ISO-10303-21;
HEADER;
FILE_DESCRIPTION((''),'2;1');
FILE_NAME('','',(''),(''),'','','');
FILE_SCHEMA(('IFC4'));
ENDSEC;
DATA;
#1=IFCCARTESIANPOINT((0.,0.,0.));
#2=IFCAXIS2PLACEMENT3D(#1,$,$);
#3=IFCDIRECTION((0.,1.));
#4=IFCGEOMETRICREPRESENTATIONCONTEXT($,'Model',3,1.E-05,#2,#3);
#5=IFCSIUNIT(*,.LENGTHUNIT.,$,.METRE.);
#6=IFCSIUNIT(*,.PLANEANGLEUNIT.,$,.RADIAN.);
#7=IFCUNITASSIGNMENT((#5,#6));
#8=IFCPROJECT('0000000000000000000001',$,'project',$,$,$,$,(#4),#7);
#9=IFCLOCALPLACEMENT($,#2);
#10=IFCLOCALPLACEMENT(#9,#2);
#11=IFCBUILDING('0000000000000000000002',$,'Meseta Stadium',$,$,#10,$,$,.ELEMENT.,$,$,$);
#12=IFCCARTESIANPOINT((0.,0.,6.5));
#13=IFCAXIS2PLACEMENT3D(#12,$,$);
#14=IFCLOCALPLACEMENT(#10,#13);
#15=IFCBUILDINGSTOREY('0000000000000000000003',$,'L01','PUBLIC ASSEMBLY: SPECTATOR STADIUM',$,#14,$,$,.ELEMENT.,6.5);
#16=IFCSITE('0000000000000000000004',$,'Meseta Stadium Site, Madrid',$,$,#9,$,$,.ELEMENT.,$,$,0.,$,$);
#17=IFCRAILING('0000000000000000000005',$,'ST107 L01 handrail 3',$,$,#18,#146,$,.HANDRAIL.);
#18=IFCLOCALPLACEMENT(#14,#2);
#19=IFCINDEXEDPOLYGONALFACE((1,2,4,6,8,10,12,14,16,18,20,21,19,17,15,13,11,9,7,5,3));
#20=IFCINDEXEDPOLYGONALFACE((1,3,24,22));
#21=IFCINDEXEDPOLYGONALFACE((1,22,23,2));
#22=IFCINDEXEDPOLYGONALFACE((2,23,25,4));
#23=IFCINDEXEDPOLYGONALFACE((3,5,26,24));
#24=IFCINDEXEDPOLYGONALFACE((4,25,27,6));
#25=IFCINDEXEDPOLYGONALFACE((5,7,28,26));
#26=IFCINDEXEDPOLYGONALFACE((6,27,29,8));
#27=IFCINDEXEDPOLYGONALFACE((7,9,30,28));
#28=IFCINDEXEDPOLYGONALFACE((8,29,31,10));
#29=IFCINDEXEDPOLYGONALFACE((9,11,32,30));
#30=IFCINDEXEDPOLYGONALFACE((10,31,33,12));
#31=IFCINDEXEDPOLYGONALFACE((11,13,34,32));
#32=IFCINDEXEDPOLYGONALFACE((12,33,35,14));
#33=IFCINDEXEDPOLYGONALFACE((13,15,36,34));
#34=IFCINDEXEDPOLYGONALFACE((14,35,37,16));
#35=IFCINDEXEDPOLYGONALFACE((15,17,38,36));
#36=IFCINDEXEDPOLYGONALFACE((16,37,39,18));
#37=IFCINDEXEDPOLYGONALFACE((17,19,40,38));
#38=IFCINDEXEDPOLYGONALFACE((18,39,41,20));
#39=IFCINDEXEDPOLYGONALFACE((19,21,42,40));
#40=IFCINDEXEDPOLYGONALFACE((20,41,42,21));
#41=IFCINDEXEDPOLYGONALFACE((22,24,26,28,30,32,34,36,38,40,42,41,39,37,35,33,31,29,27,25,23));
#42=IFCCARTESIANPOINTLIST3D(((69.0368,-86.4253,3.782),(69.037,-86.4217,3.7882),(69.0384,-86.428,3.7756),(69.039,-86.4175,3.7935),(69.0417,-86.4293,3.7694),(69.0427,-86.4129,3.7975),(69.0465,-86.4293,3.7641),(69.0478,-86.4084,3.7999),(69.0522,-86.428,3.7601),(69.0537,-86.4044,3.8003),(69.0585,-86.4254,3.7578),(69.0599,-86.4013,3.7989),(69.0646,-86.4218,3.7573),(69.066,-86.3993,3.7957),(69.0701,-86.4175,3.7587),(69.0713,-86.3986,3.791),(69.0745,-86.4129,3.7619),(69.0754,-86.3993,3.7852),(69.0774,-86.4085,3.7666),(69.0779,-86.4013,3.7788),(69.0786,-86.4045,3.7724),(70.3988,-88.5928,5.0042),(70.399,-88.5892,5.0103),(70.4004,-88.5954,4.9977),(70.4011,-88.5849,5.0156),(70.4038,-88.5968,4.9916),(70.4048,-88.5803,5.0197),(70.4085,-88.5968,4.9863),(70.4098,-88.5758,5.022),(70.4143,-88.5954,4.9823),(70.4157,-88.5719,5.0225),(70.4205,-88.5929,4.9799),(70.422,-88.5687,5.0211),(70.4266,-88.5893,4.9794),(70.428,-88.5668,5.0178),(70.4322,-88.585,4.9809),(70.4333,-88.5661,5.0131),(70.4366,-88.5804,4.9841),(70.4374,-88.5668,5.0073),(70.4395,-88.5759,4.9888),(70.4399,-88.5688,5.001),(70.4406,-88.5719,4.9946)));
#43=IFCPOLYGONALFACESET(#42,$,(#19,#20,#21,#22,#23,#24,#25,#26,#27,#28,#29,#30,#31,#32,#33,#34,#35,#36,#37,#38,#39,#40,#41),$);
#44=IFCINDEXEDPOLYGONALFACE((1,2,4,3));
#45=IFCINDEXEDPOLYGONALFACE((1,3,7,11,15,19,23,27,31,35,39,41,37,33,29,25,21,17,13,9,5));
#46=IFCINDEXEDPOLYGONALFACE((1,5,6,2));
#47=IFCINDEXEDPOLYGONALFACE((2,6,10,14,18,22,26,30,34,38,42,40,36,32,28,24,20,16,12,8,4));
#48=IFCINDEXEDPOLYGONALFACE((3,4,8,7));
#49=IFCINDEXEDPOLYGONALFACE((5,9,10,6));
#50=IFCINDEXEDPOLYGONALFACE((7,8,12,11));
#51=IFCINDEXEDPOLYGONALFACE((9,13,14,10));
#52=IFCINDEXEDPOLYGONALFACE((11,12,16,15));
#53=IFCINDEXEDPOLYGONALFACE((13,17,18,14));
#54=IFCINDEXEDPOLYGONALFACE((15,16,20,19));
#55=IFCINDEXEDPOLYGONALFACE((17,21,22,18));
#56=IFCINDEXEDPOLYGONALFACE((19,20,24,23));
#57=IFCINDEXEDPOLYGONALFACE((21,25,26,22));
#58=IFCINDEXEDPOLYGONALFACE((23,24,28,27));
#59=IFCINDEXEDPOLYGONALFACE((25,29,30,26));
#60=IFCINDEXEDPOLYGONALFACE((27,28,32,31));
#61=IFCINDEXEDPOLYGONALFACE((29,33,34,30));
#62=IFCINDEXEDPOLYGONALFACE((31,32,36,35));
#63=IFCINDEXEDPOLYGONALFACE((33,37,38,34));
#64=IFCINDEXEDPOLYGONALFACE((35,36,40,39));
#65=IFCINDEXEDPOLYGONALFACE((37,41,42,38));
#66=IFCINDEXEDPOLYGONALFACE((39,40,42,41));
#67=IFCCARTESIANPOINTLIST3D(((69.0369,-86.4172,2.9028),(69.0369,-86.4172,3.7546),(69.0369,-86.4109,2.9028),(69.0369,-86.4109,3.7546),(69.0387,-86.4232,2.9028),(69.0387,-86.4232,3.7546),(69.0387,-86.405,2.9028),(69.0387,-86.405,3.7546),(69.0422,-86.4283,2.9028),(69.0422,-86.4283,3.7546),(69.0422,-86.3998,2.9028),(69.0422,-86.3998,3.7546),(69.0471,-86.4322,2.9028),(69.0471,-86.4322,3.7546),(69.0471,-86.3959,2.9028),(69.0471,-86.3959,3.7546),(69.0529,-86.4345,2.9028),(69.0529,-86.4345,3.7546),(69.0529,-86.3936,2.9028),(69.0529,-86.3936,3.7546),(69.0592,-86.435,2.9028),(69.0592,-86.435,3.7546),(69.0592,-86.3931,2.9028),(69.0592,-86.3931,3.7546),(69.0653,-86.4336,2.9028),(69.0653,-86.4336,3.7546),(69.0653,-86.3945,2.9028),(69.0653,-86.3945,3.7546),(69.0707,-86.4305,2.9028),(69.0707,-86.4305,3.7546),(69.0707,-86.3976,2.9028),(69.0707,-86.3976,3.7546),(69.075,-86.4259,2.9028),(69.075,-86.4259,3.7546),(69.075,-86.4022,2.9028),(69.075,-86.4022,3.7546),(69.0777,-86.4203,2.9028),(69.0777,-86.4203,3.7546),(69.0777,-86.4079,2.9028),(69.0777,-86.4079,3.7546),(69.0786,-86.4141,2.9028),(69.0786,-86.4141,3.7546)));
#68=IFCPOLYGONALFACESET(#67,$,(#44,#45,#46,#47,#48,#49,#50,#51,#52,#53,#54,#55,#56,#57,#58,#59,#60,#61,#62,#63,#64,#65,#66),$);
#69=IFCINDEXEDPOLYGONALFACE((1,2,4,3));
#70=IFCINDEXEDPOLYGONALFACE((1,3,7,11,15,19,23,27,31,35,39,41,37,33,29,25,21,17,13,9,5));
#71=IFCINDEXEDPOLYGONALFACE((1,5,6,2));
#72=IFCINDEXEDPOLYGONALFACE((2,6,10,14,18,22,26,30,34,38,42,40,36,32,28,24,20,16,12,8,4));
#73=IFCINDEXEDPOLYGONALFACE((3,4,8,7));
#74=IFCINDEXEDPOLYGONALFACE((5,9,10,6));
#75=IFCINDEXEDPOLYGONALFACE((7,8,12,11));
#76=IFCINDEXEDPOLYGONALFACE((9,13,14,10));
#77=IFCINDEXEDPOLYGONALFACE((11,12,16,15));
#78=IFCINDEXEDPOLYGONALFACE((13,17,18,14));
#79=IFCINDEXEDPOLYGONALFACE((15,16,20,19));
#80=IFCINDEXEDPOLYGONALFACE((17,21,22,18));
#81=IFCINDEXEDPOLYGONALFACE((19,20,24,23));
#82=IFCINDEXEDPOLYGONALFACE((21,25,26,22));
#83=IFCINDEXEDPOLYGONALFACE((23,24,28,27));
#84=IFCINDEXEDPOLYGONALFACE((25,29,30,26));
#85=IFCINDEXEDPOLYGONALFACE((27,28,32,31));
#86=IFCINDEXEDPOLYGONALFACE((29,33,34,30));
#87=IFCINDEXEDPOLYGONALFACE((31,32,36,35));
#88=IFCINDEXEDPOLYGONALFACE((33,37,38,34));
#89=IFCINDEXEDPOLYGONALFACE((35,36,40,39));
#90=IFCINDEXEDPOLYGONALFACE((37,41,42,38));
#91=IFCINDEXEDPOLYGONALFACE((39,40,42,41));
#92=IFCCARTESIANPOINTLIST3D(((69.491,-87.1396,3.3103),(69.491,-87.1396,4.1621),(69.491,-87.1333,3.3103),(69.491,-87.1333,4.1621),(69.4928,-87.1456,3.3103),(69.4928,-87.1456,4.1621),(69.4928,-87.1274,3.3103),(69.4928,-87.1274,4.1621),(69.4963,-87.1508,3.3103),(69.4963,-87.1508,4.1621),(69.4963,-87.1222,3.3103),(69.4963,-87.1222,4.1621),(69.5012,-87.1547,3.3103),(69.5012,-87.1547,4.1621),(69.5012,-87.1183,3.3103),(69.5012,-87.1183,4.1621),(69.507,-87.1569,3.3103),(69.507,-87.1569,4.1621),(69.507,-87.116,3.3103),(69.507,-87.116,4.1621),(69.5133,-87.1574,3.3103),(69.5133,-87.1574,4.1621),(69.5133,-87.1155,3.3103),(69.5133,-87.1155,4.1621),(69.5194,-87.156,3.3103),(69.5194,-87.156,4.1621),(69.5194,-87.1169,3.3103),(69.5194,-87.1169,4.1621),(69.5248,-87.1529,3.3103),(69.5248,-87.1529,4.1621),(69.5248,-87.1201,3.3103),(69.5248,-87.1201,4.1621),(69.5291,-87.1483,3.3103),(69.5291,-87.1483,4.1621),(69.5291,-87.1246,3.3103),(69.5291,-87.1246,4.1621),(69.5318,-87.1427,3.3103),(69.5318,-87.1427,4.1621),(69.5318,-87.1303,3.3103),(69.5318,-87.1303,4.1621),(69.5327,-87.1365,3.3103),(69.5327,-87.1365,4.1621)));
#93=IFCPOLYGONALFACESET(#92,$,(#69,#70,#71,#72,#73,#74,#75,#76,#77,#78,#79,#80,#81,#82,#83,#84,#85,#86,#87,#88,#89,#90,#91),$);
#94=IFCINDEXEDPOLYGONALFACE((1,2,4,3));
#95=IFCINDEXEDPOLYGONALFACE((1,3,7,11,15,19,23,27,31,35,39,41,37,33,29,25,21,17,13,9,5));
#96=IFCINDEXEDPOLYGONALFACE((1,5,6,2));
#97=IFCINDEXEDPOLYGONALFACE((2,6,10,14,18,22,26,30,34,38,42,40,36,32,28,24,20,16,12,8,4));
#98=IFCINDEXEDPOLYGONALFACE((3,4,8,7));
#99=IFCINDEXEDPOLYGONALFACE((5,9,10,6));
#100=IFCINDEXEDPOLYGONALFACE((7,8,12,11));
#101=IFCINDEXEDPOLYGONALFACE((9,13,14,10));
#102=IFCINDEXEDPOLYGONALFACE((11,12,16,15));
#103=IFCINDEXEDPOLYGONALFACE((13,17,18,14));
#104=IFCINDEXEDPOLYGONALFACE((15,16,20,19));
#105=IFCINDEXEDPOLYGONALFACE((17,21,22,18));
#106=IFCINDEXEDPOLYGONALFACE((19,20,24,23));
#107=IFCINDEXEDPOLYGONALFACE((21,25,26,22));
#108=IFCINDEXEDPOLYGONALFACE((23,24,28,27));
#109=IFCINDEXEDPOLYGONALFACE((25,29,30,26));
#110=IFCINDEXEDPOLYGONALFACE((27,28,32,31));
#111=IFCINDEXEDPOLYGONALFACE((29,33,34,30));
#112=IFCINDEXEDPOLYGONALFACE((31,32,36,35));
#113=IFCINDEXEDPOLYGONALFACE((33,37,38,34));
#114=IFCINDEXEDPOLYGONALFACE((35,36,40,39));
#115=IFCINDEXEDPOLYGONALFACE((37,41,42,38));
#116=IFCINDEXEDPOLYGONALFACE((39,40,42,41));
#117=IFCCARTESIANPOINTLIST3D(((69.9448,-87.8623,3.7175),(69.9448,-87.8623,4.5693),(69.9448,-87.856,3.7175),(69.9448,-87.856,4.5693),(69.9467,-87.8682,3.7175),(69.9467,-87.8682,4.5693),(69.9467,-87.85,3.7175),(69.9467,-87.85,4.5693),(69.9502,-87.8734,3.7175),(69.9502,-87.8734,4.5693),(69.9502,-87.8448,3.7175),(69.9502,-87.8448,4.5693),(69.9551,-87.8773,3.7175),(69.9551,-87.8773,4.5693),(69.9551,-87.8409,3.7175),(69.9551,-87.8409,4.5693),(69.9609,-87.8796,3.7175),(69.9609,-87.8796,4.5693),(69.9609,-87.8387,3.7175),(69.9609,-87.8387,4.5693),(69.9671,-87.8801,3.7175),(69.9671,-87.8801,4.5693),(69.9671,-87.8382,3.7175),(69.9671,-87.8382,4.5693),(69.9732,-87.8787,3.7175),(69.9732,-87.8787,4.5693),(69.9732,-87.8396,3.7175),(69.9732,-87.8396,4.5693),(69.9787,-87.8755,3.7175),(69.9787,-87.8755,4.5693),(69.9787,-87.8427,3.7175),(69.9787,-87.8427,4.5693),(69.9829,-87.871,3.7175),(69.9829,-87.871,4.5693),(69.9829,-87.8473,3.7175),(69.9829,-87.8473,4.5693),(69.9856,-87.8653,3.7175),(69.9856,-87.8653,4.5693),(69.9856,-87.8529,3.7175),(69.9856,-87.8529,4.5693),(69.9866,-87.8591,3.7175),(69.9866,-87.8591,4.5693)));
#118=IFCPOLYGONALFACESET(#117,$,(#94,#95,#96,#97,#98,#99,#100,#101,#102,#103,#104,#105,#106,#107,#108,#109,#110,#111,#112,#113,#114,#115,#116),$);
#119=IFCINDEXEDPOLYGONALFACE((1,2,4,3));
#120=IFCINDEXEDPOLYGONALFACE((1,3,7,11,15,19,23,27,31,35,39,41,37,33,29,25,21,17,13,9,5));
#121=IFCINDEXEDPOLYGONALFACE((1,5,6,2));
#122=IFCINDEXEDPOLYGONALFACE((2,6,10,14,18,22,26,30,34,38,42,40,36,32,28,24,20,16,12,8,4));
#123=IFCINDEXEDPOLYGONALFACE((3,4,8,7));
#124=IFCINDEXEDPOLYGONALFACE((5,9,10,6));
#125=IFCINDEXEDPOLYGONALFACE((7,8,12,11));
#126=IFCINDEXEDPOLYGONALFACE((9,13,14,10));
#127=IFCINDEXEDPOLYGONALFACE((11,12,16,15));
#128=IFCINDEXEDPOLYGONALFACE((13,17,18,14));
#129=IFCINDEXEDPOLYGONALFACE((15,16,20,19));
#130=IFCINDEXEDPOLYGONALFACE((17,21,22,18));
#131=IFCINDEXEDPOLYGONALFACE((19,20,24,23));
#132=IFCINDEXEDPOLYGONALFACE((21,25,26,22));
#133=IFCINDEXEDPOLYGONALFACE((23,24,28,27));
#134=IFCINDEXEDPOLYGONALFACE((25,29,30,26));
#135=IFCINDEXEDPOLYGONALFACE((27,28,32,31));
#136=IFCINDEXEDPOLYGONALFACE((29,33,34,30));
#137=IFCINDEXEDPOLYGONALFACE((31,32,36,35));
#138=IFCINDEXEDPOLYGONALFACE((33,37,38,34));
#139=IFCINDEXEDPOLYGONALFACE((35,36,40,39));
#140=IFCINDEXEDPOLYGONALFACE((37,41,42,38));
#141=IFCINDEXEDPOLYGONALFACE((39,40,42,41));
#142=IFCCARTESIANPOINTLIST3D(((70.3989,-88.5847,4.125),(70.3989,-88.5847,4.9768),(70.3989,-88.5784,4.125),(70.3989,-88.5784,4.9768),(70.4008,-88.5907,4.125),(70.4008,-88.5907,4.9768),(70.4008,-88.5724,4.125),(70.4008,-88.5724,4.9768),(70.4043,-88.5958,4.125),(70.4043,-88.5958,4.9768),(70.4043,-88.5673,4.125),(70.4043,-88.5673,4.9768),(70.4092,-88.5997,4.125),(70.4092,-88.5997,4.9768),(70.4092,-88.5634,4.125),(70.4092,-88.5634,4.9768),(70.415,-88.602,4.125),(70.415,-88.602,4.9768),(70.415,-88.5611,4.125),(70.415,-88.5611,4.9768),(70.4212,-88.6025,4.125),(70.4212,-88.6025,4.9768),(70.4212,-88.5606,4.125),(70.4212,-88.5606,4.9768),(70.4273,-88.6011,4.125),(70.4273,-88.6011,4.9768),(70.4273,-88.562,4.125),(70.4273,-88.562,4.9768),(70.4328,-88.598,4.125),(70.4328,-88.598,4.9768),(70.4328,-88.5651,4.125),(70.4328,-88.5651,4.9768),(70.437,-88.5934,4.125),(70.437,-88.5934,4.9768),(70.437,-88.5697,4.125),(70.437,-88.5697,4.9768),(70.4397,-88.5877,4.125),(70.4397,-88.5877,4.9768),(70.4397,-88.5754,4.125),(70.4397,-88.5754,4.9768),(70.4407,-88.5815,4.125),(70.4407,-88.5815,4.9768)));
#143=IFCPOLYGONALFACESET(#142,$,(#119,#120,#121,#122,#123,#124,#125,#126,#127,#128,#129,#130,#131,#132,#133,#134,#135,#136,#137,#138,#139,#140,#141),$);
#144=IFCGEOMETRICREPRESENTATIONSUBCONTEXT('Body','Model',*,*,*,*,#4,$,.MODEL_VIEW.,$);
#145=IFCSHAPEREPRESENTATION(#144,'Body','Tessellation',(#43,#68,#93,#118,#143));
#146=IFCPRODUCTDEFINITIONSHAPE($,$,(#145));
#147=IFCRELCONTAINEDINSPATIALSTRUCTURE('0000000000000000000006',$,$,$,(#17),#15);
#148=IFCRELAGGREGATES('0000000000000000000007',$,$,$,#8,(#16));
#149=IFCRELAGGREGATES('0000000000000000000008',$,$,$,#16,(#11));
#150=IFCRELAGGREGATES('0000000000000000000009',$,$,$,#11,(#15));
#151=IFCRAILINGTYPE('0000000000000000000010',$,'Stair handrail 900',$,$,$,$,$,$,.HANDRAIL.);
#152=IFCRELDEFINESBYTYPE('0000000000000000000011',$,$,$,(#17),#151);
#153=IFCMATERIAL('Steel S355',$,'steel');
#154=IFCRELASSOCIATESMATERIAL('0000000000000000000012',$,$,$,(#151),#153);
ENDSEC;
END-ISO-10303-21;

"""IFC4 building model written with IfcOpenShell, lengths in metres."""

from ifc_helpers import new_model, si_unit, direction, frame, origin, origin_2d, place, context, subcontext, project, spatial, circle, extrude, material, type_object, element, save


model = new_model("IFC4")

# Units and contexts
model_context = context("Model", 3, precision=1e-05, world=origin(), true_north=direction((0.0, 1.0)))
body_context = subcontext(model_context, "Body", "Model", "MODEL_VIEW")
ifc_project = project(units=[si_unit("LENGTHUNIT", "METRE"), si_unit("PLANEANGLEUNIT", "RADIAN")], contexts=[model_context])

# Site, building, storey
site_placement = place(None, origin())
site = spatial("IfcSite", under=ifc_project, at=site_placement, Name="Meseta Stadium Site, Madrid", CompositionType="ELEMENT", RefElevation=0.0)
building_placement = place(site_placement, origin())
building = spatial("IfcBuilding", under=site, at=building_placement, Name="Meseta Stadium", CompositionType="ELEMENT")
storey_placement = place(building_placement, frame((0.0, 0.0, 6.5)))
storey = spatial("IfcBuildingStorey", under=building, at=storey_placement, Name="L01", Description="PUBLIC ASSEMBLY: SPECTATOR STADIUM", CompositionType="ELEMENT", Elevation=6.5)

# Railing
ifc_material_1 = material(Name="Steel S355", Category="steel")
railing_type_1 = type_object("IfcRailingType", Name="Stair handrail 900", PredefinedType="HANDRAIL", material=ifc_material_1)
railing_1_placement = place(storey_placement, frame((69.0576, -86.4141, 2.9028)))
element("IfcRailing", 1, at=railing_1_placement, inside=storey, type_object=railing_type_1, Name="ST107 L01 handrail 3", PredefinedType="HANDRAIL", context=body_context, shape_type="SweptSolid", body=[
    extrude(circle(Radius=0.0239, at=origin_2d()), frame((0.0, 0.0, 0.876), z_axis=(0.480156, -0.764085, 0.430841), x_axis=(0.846699, 0.532072, 0.0)), (0.0, 0.0, 1.0), 2.8367),
    extrude(circle(Radius=0.021, at=origin_2d()), origin(), (0.0, 0.0, 1.0), 0.8518),
    extrude(circle(Radius=0.021, at=origin_2d()), frame((0.4541, -0.7224, 0.4075)), (0.0, 0.0, 1.0), 0.8518),
    extrude(circle(Radius=0.021, at=origin_2d()), frame((0.908, -1.4451, 0.8147)), (0.0, 0.0, 1.0), 0.8518),
    extrude(circle(Radius=0.021, at=origin_2d()), frame((1.3621, -2.1675, 1.2222)), (0.0, 0.0, 1.0), 0.8518),
])

save(model, "model.ifc")
